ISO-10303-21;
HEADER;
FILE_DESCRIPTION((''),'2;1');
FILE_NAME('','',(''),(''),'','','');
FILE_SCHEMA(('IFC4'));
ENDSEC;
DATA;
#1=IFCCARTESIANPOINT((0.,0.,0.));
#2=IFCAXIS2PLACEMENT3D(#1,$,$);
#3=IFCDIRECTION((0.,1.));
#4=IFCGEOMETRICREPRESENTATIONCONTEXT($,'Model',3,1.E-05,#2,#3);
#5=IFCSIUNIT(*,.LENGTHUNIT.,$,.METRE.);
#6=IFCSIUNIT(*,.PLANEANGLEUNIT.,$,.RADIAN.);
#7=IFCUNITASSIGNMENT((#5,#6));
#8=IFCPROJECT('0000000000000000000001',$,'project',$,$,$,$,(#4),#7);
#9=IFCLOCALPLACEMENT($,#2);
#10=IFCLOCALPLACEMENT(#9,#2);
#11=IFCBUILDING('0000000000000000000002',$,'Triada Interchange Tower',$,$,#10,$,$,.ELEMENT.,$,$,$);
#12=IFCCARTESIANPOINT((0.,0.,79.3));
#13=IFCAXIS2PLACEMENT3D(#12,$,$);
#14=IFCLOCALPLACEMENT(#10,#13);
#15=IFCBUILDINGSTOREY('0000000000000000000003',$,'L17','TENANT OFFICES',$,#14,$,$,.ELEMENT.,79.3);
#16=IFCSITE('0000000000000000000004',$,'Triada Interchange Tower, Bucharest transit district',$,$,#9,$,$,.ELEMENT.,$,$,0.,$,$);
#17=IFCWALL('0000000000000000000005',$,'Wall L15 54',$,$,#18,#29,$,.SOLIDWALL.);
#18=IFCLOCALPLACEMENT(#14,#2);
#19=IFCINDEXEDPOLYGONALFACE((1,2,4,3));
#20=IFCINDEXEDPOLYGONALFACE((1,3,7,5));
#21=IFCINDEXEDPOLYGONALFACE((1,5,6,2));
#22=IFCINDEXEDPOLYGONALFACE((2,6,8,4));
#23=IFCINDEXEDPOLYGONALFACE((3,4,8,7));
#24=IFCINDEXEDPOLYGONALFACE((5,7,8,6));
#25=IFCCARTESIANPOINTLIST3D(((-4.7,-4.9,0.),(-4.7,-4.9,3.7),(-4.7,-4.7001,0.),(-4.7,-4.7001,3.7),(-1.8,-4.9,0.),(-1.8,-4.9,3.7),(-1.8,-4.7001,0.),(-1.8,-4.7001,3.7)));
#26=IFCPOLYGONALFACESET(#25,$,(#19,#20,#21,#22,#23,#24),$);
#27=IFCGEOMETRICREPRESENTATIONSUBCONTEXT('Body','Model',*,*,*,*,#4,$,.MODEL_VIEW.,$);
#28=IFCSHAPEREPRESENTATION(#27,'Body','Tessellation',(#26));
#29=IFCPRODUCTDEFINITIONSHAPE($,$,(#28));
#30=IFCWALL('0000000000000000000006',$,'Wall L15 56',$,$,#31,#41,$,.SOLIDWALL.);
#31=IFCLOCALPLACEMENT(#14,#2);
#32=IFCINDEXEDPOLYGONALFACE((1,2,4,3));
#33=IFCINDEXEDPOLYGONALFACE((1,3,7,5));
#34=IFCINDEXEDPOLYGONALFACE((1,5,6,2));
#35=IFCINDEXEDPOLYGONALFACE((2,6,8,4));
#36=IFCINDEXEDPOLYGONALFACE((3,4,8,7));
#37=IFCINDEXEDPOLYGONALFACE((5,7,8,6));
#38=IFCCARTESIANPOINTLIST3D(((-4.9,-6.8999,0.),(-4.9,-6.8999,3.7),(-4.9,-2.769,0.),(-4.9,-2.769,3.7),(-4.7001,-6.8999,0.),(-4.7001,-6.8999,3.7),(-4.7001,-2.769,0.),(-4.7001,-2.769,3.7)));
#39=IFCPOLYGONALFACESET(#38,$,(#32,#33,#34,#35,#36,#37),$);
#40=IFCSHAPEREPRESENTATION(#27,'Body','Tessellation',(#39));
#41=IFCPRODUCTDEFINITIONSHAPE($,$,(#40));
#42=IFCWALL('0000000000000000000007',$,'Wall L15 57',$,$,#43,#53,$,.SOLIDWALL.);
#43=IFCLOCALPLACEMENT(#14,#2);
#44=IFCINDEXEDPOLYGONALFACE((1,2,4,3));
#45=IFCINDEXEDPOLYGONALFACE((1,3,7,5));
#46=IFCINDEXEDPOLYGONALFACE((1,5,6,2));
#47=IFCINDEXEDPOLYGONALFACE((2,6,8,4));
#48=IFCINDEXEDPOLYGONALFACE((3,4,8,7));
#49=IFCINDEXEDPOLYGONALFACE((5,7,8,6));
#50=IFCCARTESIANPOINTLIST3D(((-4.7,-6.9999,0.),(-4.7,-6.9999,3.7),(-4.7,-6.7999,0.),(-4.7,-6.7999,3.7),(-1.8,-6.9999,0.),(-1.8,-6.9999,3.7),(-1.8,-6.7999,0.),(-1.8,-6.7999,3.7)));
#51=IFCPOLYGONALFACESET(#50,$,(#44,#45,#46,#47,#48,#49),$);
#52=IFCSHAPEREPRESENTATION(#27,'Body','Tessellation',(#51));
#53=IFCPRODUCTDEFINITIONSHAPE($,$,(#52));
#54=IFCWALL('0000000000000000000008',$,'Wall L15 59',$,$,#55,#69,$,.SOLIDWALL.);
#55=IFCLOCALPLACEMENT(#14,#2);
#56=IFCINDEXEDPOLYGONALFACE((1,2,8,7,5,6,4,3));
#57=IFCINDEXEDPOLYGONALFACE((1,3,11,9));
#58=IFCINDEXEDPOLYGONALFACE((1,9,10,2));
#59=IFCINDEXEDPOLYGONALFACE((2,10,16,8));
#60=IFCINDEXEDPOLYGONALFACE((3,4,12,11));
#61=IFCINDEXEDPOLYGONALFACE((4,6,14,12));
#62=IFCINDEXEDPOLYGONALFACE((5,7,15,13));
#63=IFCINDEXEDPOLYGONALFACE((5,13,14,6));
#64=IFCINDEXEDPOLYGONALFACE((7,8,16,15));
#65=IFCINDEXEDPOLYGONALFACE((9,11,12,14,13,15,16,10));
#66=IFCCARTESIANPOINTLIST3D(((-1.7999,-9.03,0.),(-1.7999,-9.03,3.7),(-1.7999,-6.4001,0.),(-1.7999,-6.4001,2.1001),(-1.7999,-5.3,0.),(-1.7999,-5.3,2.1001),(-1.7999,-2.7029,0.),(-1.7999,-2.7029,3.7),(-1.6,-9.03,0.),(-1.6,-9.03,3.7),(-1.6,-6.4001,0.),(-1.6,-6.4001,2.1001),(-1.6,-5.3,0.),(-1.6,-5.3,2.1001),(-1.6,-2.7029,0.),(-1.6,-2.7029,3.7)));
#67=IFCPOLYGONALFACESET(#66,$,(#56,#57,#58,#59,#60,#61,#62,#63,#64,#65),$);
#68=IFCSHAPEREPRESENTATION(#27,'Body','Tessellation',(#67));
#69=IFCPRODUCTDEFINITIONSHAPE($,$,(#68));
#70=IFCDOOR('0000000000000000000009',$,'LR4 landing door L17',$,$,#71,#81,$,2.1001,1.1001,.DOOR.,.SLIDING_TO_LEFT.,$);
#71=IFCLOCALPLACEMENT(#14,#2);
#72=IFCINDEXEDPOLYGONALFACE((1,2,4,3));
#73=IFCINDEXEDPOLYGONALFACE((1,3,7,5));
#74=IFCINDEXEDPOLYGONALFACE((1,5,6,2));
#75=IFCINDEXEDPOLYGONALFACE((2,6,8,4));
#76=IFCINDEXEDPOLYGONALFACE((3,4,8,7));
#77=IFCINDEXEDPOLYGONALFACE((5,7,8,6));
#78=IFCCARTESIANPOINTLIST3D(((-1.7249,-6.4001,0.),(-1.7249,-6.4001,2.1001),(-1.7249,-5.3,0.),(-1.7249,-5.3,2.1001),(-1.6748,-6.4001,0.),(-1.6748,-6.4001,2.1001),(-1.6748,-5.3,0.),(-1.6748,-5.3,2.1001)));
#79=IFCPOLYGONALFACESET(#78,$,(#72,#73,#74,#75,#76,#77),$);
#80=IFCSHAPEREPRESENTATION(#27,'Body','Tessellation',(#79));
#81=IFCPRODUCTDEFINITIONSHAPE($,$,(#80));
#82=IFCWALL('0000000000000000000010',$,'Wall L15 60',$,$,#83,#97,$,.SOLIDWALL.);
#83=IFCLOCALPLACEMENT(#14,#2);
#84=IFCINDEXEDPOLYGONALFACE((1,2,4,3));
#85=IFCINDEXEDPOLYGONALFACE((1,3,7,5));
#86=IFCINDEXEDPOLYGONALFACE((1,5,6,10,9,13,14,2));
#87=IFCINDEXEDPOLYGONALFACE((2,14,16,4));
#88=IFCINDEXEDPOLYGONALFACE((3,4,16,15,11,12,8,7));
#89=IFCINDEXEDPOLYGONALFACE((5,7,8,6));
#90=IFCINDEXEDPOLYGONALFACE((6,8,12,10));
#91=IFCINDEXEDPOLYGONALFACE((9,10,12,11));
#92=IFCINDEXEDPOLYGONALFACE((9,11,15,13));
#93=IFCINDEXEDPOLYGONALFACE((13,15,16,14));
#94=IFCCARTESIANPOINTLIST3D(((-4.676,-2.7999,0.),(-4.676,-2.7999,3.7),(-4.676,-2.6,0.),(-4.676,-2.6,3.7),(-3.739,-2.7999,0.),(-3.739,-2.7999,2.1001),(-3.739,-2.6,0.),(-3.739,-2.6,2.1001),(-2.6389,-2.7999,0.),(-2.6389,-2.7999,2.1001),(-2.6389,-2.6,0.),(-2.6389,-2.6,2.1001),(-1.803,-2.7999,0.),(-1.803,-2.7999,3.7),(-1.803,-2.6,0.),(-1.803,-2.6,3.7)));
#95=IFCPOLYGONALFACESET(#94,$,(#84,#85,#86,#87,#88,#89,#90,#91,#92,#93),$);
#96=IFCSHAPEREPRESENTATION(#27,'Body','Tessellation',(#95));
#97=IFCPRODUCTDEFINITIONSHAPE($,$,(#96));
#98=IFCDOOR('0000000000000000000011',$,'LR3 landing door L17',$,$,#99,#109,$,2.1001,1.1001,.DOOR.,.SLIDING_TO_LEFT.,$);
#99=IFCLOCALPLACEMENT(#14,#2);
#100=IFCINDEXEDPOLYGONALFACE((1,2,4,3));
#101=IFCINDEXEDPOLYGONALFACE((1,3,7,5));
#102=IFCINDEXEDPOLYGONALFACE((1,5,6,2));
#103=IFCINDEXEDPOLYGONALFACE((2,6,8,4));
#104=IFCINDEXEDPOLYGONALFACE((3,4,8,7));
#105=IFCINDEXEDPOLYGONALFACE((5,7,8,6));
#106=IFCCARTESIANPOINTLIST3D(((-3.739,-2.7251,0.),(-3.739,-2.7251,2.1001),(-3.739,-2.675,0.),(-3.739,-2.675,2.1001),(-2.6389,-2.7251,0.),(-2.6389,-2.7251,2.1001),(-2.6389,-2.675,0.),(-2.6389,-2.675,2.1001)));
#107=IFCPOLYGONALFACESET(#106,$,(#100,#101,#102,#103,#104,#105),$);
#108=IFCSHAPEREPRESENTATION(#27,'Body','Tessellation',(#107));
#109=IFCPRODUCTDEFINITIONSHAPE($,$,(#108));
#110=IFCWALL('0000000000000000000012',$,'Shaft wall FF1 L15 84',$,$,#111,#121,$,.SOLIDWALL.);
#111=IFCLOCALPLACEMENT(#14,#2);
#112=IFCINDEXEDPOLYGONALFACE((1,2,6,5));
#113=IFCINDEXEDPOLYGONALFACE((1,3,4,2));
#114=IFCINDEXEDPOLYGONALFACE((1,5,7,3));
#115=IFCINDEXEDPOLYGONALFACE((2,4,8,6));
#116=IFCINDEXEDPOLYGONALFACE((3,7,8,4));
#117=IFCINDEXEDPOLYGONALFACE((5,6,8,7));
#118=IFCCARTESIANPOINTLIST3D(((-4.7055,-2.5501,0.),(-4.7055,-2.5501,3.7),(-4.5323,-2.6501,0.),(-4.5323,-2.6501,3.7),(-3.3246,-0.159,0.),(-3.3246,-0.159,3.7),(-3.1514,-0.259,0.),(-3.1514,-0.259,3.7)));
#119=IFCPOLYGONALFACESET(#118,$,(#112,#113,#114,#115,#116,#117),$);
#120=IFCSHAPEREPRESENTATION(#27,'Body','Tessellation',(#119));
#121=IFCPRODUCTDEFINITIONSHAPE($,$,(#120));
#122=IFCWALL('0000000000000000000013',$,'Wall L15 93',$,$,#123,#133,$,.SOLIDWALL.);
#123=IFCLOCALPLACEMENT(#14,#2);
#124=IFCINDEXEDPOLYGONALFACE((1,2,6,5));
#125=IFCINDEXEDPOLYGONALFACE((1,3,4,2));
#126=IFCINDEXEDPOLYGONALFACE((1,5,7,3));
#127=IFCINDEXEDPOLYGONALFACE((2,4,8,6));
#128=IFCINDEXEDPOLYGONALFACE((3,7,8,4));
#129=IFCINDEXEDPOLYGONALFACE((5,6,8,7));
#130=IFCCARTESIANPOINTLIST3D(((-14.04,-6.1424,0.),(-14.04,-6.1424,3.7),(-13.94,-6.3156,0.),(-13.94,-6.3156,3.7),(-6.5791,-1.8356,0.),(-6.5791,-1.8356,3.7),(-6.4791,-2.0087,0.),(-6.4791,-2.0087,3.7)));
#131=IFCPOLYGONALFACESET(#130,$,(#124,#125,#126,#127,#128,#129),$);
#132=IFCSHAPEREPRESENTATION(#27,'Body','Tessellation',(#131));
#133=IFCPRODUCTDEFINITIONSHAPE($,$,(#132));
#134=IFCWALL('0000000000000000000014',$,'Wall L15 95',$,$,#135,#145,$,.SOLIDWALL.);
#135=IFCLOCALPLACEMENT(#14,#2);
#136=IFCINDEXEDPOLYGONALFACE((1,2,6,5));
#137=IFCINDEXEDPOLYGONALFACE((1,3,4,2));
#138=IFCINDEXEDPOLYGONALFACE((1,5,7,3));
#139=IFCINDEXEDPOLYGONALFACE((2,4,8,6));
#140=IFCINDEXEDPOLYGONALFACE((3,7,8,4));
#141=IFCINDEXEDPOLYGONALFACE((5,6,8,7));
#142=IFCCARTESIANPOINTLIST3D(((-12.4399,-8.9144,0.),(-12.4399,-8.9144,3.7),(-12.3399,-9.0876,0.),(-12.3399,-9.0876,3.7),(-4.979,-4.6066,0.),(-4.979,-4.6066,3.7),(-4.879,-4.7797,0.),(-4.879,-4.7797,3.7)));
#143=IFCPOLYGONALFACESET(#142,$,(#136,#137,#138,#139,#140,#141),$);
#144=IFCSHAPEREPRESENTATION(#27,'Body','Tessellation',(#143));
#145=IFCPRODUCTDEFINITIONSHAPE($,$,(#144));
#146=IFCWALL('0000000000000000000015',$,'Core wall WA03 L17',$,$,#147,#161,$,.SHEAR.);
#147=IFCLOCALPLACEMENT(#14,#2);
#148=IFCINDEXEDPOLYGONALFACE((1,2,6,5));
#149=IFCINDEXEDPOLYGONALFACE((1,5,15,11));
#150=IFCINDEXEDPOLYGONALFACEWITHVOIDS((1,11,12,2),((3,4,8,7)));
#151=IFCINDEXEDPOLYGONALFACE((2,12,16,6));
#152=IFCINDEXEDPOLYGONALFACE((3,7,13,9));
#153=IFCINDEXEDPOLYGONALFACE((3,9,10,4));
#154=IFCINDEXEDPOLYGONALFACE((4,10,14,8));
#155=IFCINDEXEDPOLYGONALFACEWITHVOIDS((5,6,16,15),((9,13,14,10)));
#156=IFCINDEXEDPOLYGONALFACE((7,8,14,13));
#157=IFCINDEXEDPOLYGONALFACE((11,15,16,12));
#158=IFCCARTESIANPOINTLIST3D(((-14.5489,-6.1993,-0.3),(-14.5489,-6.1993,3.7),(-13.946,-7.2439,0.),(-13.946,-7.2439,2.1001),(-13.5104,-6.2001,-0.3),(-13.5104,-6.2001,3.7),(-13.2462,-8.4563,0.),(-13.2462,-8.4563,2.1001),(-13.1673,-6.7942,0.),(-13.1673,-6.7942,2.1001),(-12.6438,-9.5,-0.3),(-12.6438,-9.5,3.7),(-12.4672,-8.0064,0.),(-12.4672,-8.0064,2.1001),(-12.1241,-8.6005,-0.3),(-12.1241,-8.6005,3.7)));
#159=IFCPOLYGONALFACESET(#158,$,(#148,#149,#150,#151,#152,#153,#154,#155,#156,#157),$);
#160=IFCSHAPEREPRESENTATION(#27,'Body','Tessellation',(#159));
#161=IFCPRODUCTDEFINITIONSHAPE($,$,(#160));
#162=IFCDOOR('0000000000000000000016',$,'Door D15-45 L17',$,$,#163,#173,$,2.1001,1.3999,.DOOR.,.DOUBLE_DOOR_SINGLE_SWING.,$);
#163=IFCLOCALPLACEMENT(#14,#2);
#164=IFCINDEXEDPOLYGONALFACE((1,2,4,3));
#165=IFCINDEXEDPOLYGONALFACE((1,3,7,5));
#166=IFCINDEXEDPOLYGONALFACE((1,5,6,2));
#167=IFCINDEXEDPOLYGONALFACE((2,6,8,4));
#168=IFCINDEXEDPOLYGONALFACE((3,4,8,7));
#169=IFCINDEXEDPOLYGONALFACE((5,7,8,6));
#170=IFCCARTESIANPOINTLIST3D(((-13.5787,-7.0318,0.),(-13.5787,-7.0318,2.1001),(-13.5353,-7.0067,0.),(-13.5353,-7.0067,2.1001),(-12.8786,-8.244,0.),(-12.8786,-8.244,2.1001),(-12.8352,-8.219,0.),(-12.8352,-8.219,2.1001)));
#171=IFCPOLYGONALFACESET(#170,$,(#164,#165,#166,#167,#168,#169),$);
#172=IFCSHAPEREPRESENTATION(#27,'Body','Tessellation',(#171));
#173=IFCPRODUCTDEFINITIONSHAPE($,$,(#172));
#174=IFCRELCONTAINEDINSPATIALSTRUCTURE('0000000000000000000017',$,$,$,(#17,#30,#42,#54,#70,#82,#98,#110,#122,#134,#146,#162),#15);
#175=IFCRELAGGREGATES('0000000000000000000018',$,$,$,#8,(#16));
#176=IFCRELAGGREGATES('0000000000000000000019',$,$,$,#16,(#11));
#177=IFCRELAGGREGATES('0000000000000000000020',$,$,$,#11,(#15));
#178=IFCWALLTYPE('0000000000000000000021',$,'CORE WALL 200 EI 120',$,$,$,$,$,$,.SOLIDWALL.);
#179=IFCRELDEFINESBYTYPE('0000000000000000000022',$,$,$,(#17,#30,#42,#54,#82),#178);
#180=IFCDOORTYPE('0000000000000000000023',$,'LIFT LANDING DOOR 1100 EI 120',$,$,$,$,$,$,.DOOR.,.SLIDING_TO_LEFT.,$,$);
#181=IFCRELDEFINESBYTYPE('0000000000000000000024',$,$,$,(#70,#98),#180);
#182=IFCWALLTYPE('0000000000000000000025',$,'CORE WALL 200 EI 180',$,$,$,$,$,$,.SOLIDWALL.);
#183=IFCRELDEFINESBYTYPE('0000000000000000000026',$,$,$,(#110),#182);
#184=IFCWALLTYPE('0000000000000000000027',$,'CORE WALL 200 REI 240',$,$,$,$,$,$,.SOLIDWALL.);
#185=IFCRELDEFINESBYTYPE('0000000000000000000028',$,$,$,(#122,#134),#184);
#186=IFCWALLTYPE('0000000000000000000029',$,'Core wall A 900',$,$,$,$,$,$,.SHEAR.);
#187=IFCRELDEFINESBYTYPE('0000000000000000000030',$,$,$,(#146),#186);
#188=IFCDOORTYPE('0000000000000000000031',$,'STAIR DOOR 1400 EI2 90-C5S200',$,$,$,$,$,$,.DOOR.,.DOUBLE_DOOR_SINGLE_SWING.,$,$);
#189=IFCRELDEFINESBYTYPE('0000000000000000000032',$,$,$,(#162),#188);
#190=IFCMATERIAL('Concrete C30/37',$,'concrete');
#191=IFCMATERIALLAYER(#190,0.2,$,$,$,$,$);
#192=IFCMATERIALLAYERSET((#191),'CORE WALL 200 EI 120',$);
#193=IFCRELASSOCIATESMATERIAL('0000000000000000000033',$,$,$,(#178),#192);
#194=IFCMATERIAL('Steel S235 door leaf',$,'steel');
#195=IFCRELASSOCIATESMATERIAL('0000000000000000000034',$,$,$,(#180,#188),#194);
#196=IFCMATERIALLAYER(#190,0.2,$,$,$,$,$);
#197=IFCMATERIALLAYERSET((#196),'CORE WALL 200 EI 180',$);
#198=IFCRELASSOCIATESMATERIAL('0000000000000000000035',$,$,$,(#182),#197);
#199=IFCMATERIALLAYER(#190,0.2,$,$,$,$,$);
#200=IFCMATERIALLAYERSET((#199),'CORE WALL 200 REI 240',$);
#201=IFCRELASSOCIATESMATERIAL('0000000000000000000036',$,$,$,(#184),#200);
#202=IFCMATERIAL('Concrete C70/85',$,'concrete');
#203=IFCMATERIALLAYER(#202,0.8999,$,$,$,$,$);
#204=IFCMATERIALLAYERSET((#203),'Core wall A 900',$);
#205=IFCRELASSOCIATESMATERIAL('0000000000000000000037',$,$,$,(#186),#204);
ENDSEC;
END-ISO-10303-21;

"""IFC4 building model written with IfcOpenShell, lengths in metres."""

from ifc_helpers import new_model, si_unit, direction, frame, frame_2d, origin, place, context, subcontext, project, spatial, polyline, rectangle, outline, extrude, material, layer, layer_set, type_object, element, fill, save


model = new_model("IFC4")

# Units and contexts
model_context = context("Model", 3, precision=1e-05, world=origin(), true_north=direction((0.0, 1.0)))
body_context = subcontext(model_context, "Body", "Model", "MODEL_VIEW")
ifc_project = project(units=[si_unit("LENGTHUNIT", "METRE"), si_unit("PLANEANGLEUNIT", "RADIAN")], contexts=[model_context])

# Site, building, storey
site_placement = place(None, origin())
site = spatial("IfcSite", under=ifc_project, at=site_placement, Name="Triada Interchange Tower, Bucharest transit district", CompositionType="ELEMENT", RefElevation=0.0)
building_placement = place(site_placement, origin())
building = spatial("IfcBuilding", under=site, at=building_placement, Name="Triada Interchange Tower", CompositionType="ELEMENT")
storey_placement = place(building_placement, frame((0.0, 0.0, 79.3)))
storey = spatial("IfcBuildingStorey", under=building, at=storey_placement, Name="L17", Description="TENANT OFFICES", CompositionType="ELEMENT", Elevation=79.3)

# Walls
ifc_material_1 = material(Name="Concrete C30/37", Category="concrete")
ifc_layer_1 = layer(ifc_material_1, 0.2)
ifc_layer_set_1 = layer_set([ifc_layer_1], Name="CORE WALL 200 EI 120")
wall_type_1 = type_object("IfcWallType", Name="CORE WALL 200 EI 120", PredefinedType="SOLIDWALL", material=ifc_layer_set_1)
wall_1_placement = place(storey_placement, frame((-4.7, -4.8, 0.0), z_axis=(0.0, 0.0, 1.0), x_axis=(1.0, 0.0, 0.0)))
element("IfcWall", 1, at=wall_1_placement, inside=storey, type_object=wall_type_1, Name="Wall L15 54", PredefinedType="SOLIDWALL", context=body_context, shape_type="SweptSolid", body=[
    extrude(rectangle(XDim=2.8999, YDim=0.2, at=frame_2d((1.45, 0.0))), origin(), (0.0, 0.0, 1.0), 3.7),
])
wall_2_placement = place(storey_placement, frame((-4.8, -6.8999, 0.0), z_axis=(0.0, 0.0, 1.0), x_axis=(0.0, 1.0, 0.0)))
element("IfcWall", 2, at=wall_2_placement, inside=storey, type_object=wall_type_1, Name="Wall L15 56", PredefinedType="SOLIDWALL", context=body_context, shape_type="SweptSolid", body=[
    extrude(rectangle(XDim=4.1309, YDim=0.2, at=frame_2d((2.0654, 0.0))), origin(), (0.0, 0.0, 1.0), 3.7),
])
wall_3_placement = place(storey_placement, frame((-4.7, -6.8999, 0.0), z_axis=(0.0, 0.0, 1.0), x_axis=(1.0, 0.0, 0.0)))
element("IfcWall", 3, at=wall_3_placement, inside=storey, type_object=wall_type_1, Name="Wall L15 57", PredefinedType="SOLIDWALL", context=body_context, shape_type="SweptSolid", body=[
    extrude(rectangle(XDim=2.8999, YDim=0.2, at=frame_2d((1.45, 0.0))), origin(), (0.0, 0.0, 1.0), 3.7),
])

# Walls, openings, doors
wall_4_placement = place(storey_placement, frame((-1.7, -9.03, 0.0), z_axis=(0.0, 0.0, 1.0), x_axis=(0.0, 1.0, 0.0)))
wall_4 = element("IfcWall", 4, at=wall_4_placement, inside=storey, type_object=wall_type_1, Name="Wall L15 59", PredefinedType="SOLIDWALL", context=body_context, shape_type="SweptSolid", body=[
    extrude(rectangle(XDim=6.3271, YDim=0.2, at=frame_2d((3.1636, 0.0))), origin(), (0.0, 0.0, 1.0), 3.7),
])
opening_1_placement = place(wall_4_placement, frame((2.6299, 0.0, 0.0)))
opening_1 = element("IfcOpeningElement", 5, at=opening_1_placement, cuts=wall_4, PredefinedType="OPENING", context=body_context, shape_type="SweptSolid", body=[
    extrude(rectangle(XDim=1.1001, YDim=2.1001, at=frame_2d((0.55, 1.05))), frame((0.0, 0.1099, 0.0), z_axis=(0.0, -1.0, 0.0), x_axis=(1.0, 0.0, 0.0)), (0.0, 0.0, 1.0), 0.22),
])
ifc_material_2 = material(Name="Steel S235 door leaf", Category="steel")
door_type_1 = type_object("IfcDoorType", Name="LIFT LANDING DOOR 1100 EI 120", OperationType="SLIDING_TO_LEFT", PredefinedType="DOOR", material=ifc_material_2)
door_1_placement = place(opening_1_placement, origin())
door_1 = element("IfcDoor", 6, at=door_1_placement, inside=storey, type_object=door_type_1, Name="LR4 landing door L17", OperationType="SLIDING_TO_LEFT", OverallHeight=2.1001, OverallWidth=1.1001, PredefinedType="DOOR", context=body_context, shape_type="SweptSolid", body=[
    extrude(rectangle(XDim=1.1001, YDim=2.1001, at=frame_2d((0.55, 1.05))), frame((0.0, 0.0249, 0.0), z_axis=(0.0, -1.0, 0.0), x_axis=(1.0, 0.0, 0.0)), (0.0, 0.0, 1.0), 0.05),
])
fill(opening_1, door_1)
wall_5_placement = place(storey_placement, frame((-4.676, -2.7, 0.0), z_axis=(0.0, 0.0, 1.0), x_axis=(1.0, 0.0, 0.0)))
wall_5 = element("IfcWall", 7, at=wall_5_placement, inside=storey, type_object=wall_type_1, Name="Wall L15 60", PredefinedType="SOLIDWALL", context=body_context, shape_type="SweptSolid", body=[
    extrude(rectangle(XDim=2.873, YDim=0.2, at=frame_2d((1.4365, 0.0))), origin(), (0.0, 0.0, 1.0), 3.7),
])
opening_2_placement = place(wall_5_placement, frame((0.937, 0.0, 0.0)))
opening_2 = element("IfcOpeningElement", 8, at=opening_2_placement, cuts=wall_5, PredefinedType="OPENING", context=body_context, shape_type="SweptSolid", body=[
    extrude(rectangle(XDim=1.1001, YDim=2.1001, at=frame_2d((0.55, 1.05))), frame((0.0, 0.1099, 0.0), z_axis=(0.0, -1.0, 0.0), x_axis=(1.0, 0.0, 0.0)), (0.0, 0.0, 1.0), 0.22),
])
door_2_placement = place(opening_2_placement, origin())
door_2 = element("IfcDoor", 9, at=door_2_placement, inside=storey, type_object=door_type_1, Name="LR3 landing door L17", OperationType="SLIDING_TO_LEFT", OverallHeight=2.1001, OverallWidth=1.1001, PredefinedType="DOOR", context=body_context, shape_type="SweptSolid", body=[
    extrude(rectangle(XDim=1.1001, YDim=2.1001, at=frame_2d((0.55, 1.05))), frame((0.0, 0.0249, 0.0), z_axis=(0.0, -1.0, 0.0), x_axis=(1.0, 0.0, 0.0)), (0.0, 0.0, 1.0), 0.05),
])
fill(opening_2, door_2)

# Walls
ifc_layer_2 = layer(ifc_material_1, 0.2)
ifc_layer_set_2 = layer_set([ifc_layer_2], Name="CORE WALL 200 EI 180")
wall_type_2 = type_object("IfcWallType", Name="CORE WALL 200 EI 180", PredefinedType="SOLIDWALL", material=ifc_layer_set_2)
wall_6_placement = place(storey_placement, frame((-4.6189, -2.6001, 0.0), z_axis=(0.0, 0.0, 1.0), x_axis=(0.500095, 0.865971, 0.0)))
element("IfcWall", 10, at=wall_6_placement, inside=storey, type_object=wall_type_2, Name="Shaft wall FF1 L15 84", PredefinedType="SOLIDWALL", context=body_context, shape_type="SweptSolid", body=[
    extrude(rectangle(XDim=2.7612, YDim=0.2, at=frame_2d((1.3806, 0.0))), origin(), (0.0, 0.0, 1.0), 3.7),
])
ifc_layer_3 = layer(ifc_material_1, 0.2)
ifc_layer_set_3 = layer_set([ifc_layer_3], Name="CORE WALL 200 REI 240")
wall_type_3 = type_object("IfcWallType", Name="CORE WALL 200 REI 240", PredefinedType="SOLIDWALL", material=ifc_layer_set_3)
wall_7_placement = place(storey_placement, frame((-13.99, -6.229, 0.0), z_axis=(0.0, 0.0, 1.0), x_axis=(0.86606, 0.49994, 0.0)))
element("IfcWall", 11, at=wall_7_placement, inside=storey, type_object=wall_type_3, Name="Wall L15 93", PredefinedType="SOLIDWALL", context=body_context, shape_type="SweptSolid", body=[
    extrude(rectangle(XDim=8.6147, YDim=0.2, at=frame_2d((4.3074, 0.0))), origin(), (0.0, 0.0, 1.0), 3.7),
])
wall_8_placement = place(storey_placement, frame((-12.3899, -9.001, 0.0), z_axis=(0.0, 0.0, 1.0), x_axis=(0.866011, 0.500025, 0.0)))
element("IfcWall", 12, at=wall_8_placement, inside=storey, type_object=wall_type_3, Name="Wall L15 95", PredefinedType="SOLIDWALL", context=body_context, shape_type="SweptSolid", body=[
    extrude(rectangle(XDim=8.6152, YDim=0.2, at=frame_2d((4.3076, 0.0))), origin(), (0.0, 0.0, 1.0), 3.7),
])

# Wall, opening, door
ifc_material_3 = material(Name="Concrete C70/85", Category="concrete")
ifc_layer_4 = layer(ifc_material_3, 0.8999)
ifc_layer_set_4 = layer_set([ifc_layer_4], Name="Core wall A 900")
wall_type_4 = type_object("IfcWallType", Name="Core wall A 900", PredefinedType="SHEAR", material=ifc_layer_set_4)
wall_9_placement = place(storey_placement, frame((-14.03, -6.2, -0.3), z_axis=(0.0, 0.0, 1.0), x_axis=(0.500112, -0.865961, 0.0)))
wall_9 = element("IfcWall", 13, at=wall_9_placement, inside=storey, type_object=wall_type_4, Name="Core wall WA03 L17", PredefinedType="SHEAR", context=body_context, shape_type="SweptSolid", body=[
    extrude(outline(polyline([(-0.26, -0.449), (1.6455, -0.4495), (3.551, -0.45), (3.032, 0.45), (1.646, 0.45), (0.26, 0.45), (-0.26, -0.449)])), origin(), (0.0, 0.0, 1.0), 4.0),
])
opening_3_placement = place(wall_9_placement, frame((0.946, 0.0, 0.3)))
opening_3 = element("IfcOpeningElement", 14, at=opening_3_placement, cuts=wall_9, PredefinedType="OPENING", context=body_context, shape_type="SweptSolid", body=[
    extrude(rectangle(XDim=1.3999, YDim=2.1001, at=frame_2d((0.7, 1.05))), frame((0.0, 0.46, 0.0), z_axis=(0.0, -1.0, 0.0), x_axis=(1.0, 0.0, 0.0)), (0.0, 0.0, 1.0), 0.9199),
])
door_type_2 = type_object("IfcDoorType", Name="STAIR DOOR 1400 EI2 90-C5S200", OperationType="DOUBLE_DOOR_SINGLE_SWING", PredefinedType="DOOR", material=ifc_material_2)
door_3_placement = place(opening_3_placement, origin())
door_3 = element("IfcDoor", 15, at=door_3_placement, inside=storey, type_object=door_type_2, Name="Door D15-45 L17", OperationType="DOUBLE_DOOR_SINGLE_SWING", OverallHeight=2.1001, OverallWidth=1.3999, PredefinedType="DOOR", context=body_context, shape_type="SweptSolid", body=[
    extrude(rectangle(XDim=1.3999, YDim=2.1001, at=frame_2d((0.7, 1.05))), frame((0.0, 0.0249, 0.0), z_axis=(0.0, -1.0, 0.0), x_axis=(1.0, 0.0, 0.0)), (0.0, 0.0, 1.0), 0.05),
])
fill(opening_3, door_3)

save(model, "model.ifc")
